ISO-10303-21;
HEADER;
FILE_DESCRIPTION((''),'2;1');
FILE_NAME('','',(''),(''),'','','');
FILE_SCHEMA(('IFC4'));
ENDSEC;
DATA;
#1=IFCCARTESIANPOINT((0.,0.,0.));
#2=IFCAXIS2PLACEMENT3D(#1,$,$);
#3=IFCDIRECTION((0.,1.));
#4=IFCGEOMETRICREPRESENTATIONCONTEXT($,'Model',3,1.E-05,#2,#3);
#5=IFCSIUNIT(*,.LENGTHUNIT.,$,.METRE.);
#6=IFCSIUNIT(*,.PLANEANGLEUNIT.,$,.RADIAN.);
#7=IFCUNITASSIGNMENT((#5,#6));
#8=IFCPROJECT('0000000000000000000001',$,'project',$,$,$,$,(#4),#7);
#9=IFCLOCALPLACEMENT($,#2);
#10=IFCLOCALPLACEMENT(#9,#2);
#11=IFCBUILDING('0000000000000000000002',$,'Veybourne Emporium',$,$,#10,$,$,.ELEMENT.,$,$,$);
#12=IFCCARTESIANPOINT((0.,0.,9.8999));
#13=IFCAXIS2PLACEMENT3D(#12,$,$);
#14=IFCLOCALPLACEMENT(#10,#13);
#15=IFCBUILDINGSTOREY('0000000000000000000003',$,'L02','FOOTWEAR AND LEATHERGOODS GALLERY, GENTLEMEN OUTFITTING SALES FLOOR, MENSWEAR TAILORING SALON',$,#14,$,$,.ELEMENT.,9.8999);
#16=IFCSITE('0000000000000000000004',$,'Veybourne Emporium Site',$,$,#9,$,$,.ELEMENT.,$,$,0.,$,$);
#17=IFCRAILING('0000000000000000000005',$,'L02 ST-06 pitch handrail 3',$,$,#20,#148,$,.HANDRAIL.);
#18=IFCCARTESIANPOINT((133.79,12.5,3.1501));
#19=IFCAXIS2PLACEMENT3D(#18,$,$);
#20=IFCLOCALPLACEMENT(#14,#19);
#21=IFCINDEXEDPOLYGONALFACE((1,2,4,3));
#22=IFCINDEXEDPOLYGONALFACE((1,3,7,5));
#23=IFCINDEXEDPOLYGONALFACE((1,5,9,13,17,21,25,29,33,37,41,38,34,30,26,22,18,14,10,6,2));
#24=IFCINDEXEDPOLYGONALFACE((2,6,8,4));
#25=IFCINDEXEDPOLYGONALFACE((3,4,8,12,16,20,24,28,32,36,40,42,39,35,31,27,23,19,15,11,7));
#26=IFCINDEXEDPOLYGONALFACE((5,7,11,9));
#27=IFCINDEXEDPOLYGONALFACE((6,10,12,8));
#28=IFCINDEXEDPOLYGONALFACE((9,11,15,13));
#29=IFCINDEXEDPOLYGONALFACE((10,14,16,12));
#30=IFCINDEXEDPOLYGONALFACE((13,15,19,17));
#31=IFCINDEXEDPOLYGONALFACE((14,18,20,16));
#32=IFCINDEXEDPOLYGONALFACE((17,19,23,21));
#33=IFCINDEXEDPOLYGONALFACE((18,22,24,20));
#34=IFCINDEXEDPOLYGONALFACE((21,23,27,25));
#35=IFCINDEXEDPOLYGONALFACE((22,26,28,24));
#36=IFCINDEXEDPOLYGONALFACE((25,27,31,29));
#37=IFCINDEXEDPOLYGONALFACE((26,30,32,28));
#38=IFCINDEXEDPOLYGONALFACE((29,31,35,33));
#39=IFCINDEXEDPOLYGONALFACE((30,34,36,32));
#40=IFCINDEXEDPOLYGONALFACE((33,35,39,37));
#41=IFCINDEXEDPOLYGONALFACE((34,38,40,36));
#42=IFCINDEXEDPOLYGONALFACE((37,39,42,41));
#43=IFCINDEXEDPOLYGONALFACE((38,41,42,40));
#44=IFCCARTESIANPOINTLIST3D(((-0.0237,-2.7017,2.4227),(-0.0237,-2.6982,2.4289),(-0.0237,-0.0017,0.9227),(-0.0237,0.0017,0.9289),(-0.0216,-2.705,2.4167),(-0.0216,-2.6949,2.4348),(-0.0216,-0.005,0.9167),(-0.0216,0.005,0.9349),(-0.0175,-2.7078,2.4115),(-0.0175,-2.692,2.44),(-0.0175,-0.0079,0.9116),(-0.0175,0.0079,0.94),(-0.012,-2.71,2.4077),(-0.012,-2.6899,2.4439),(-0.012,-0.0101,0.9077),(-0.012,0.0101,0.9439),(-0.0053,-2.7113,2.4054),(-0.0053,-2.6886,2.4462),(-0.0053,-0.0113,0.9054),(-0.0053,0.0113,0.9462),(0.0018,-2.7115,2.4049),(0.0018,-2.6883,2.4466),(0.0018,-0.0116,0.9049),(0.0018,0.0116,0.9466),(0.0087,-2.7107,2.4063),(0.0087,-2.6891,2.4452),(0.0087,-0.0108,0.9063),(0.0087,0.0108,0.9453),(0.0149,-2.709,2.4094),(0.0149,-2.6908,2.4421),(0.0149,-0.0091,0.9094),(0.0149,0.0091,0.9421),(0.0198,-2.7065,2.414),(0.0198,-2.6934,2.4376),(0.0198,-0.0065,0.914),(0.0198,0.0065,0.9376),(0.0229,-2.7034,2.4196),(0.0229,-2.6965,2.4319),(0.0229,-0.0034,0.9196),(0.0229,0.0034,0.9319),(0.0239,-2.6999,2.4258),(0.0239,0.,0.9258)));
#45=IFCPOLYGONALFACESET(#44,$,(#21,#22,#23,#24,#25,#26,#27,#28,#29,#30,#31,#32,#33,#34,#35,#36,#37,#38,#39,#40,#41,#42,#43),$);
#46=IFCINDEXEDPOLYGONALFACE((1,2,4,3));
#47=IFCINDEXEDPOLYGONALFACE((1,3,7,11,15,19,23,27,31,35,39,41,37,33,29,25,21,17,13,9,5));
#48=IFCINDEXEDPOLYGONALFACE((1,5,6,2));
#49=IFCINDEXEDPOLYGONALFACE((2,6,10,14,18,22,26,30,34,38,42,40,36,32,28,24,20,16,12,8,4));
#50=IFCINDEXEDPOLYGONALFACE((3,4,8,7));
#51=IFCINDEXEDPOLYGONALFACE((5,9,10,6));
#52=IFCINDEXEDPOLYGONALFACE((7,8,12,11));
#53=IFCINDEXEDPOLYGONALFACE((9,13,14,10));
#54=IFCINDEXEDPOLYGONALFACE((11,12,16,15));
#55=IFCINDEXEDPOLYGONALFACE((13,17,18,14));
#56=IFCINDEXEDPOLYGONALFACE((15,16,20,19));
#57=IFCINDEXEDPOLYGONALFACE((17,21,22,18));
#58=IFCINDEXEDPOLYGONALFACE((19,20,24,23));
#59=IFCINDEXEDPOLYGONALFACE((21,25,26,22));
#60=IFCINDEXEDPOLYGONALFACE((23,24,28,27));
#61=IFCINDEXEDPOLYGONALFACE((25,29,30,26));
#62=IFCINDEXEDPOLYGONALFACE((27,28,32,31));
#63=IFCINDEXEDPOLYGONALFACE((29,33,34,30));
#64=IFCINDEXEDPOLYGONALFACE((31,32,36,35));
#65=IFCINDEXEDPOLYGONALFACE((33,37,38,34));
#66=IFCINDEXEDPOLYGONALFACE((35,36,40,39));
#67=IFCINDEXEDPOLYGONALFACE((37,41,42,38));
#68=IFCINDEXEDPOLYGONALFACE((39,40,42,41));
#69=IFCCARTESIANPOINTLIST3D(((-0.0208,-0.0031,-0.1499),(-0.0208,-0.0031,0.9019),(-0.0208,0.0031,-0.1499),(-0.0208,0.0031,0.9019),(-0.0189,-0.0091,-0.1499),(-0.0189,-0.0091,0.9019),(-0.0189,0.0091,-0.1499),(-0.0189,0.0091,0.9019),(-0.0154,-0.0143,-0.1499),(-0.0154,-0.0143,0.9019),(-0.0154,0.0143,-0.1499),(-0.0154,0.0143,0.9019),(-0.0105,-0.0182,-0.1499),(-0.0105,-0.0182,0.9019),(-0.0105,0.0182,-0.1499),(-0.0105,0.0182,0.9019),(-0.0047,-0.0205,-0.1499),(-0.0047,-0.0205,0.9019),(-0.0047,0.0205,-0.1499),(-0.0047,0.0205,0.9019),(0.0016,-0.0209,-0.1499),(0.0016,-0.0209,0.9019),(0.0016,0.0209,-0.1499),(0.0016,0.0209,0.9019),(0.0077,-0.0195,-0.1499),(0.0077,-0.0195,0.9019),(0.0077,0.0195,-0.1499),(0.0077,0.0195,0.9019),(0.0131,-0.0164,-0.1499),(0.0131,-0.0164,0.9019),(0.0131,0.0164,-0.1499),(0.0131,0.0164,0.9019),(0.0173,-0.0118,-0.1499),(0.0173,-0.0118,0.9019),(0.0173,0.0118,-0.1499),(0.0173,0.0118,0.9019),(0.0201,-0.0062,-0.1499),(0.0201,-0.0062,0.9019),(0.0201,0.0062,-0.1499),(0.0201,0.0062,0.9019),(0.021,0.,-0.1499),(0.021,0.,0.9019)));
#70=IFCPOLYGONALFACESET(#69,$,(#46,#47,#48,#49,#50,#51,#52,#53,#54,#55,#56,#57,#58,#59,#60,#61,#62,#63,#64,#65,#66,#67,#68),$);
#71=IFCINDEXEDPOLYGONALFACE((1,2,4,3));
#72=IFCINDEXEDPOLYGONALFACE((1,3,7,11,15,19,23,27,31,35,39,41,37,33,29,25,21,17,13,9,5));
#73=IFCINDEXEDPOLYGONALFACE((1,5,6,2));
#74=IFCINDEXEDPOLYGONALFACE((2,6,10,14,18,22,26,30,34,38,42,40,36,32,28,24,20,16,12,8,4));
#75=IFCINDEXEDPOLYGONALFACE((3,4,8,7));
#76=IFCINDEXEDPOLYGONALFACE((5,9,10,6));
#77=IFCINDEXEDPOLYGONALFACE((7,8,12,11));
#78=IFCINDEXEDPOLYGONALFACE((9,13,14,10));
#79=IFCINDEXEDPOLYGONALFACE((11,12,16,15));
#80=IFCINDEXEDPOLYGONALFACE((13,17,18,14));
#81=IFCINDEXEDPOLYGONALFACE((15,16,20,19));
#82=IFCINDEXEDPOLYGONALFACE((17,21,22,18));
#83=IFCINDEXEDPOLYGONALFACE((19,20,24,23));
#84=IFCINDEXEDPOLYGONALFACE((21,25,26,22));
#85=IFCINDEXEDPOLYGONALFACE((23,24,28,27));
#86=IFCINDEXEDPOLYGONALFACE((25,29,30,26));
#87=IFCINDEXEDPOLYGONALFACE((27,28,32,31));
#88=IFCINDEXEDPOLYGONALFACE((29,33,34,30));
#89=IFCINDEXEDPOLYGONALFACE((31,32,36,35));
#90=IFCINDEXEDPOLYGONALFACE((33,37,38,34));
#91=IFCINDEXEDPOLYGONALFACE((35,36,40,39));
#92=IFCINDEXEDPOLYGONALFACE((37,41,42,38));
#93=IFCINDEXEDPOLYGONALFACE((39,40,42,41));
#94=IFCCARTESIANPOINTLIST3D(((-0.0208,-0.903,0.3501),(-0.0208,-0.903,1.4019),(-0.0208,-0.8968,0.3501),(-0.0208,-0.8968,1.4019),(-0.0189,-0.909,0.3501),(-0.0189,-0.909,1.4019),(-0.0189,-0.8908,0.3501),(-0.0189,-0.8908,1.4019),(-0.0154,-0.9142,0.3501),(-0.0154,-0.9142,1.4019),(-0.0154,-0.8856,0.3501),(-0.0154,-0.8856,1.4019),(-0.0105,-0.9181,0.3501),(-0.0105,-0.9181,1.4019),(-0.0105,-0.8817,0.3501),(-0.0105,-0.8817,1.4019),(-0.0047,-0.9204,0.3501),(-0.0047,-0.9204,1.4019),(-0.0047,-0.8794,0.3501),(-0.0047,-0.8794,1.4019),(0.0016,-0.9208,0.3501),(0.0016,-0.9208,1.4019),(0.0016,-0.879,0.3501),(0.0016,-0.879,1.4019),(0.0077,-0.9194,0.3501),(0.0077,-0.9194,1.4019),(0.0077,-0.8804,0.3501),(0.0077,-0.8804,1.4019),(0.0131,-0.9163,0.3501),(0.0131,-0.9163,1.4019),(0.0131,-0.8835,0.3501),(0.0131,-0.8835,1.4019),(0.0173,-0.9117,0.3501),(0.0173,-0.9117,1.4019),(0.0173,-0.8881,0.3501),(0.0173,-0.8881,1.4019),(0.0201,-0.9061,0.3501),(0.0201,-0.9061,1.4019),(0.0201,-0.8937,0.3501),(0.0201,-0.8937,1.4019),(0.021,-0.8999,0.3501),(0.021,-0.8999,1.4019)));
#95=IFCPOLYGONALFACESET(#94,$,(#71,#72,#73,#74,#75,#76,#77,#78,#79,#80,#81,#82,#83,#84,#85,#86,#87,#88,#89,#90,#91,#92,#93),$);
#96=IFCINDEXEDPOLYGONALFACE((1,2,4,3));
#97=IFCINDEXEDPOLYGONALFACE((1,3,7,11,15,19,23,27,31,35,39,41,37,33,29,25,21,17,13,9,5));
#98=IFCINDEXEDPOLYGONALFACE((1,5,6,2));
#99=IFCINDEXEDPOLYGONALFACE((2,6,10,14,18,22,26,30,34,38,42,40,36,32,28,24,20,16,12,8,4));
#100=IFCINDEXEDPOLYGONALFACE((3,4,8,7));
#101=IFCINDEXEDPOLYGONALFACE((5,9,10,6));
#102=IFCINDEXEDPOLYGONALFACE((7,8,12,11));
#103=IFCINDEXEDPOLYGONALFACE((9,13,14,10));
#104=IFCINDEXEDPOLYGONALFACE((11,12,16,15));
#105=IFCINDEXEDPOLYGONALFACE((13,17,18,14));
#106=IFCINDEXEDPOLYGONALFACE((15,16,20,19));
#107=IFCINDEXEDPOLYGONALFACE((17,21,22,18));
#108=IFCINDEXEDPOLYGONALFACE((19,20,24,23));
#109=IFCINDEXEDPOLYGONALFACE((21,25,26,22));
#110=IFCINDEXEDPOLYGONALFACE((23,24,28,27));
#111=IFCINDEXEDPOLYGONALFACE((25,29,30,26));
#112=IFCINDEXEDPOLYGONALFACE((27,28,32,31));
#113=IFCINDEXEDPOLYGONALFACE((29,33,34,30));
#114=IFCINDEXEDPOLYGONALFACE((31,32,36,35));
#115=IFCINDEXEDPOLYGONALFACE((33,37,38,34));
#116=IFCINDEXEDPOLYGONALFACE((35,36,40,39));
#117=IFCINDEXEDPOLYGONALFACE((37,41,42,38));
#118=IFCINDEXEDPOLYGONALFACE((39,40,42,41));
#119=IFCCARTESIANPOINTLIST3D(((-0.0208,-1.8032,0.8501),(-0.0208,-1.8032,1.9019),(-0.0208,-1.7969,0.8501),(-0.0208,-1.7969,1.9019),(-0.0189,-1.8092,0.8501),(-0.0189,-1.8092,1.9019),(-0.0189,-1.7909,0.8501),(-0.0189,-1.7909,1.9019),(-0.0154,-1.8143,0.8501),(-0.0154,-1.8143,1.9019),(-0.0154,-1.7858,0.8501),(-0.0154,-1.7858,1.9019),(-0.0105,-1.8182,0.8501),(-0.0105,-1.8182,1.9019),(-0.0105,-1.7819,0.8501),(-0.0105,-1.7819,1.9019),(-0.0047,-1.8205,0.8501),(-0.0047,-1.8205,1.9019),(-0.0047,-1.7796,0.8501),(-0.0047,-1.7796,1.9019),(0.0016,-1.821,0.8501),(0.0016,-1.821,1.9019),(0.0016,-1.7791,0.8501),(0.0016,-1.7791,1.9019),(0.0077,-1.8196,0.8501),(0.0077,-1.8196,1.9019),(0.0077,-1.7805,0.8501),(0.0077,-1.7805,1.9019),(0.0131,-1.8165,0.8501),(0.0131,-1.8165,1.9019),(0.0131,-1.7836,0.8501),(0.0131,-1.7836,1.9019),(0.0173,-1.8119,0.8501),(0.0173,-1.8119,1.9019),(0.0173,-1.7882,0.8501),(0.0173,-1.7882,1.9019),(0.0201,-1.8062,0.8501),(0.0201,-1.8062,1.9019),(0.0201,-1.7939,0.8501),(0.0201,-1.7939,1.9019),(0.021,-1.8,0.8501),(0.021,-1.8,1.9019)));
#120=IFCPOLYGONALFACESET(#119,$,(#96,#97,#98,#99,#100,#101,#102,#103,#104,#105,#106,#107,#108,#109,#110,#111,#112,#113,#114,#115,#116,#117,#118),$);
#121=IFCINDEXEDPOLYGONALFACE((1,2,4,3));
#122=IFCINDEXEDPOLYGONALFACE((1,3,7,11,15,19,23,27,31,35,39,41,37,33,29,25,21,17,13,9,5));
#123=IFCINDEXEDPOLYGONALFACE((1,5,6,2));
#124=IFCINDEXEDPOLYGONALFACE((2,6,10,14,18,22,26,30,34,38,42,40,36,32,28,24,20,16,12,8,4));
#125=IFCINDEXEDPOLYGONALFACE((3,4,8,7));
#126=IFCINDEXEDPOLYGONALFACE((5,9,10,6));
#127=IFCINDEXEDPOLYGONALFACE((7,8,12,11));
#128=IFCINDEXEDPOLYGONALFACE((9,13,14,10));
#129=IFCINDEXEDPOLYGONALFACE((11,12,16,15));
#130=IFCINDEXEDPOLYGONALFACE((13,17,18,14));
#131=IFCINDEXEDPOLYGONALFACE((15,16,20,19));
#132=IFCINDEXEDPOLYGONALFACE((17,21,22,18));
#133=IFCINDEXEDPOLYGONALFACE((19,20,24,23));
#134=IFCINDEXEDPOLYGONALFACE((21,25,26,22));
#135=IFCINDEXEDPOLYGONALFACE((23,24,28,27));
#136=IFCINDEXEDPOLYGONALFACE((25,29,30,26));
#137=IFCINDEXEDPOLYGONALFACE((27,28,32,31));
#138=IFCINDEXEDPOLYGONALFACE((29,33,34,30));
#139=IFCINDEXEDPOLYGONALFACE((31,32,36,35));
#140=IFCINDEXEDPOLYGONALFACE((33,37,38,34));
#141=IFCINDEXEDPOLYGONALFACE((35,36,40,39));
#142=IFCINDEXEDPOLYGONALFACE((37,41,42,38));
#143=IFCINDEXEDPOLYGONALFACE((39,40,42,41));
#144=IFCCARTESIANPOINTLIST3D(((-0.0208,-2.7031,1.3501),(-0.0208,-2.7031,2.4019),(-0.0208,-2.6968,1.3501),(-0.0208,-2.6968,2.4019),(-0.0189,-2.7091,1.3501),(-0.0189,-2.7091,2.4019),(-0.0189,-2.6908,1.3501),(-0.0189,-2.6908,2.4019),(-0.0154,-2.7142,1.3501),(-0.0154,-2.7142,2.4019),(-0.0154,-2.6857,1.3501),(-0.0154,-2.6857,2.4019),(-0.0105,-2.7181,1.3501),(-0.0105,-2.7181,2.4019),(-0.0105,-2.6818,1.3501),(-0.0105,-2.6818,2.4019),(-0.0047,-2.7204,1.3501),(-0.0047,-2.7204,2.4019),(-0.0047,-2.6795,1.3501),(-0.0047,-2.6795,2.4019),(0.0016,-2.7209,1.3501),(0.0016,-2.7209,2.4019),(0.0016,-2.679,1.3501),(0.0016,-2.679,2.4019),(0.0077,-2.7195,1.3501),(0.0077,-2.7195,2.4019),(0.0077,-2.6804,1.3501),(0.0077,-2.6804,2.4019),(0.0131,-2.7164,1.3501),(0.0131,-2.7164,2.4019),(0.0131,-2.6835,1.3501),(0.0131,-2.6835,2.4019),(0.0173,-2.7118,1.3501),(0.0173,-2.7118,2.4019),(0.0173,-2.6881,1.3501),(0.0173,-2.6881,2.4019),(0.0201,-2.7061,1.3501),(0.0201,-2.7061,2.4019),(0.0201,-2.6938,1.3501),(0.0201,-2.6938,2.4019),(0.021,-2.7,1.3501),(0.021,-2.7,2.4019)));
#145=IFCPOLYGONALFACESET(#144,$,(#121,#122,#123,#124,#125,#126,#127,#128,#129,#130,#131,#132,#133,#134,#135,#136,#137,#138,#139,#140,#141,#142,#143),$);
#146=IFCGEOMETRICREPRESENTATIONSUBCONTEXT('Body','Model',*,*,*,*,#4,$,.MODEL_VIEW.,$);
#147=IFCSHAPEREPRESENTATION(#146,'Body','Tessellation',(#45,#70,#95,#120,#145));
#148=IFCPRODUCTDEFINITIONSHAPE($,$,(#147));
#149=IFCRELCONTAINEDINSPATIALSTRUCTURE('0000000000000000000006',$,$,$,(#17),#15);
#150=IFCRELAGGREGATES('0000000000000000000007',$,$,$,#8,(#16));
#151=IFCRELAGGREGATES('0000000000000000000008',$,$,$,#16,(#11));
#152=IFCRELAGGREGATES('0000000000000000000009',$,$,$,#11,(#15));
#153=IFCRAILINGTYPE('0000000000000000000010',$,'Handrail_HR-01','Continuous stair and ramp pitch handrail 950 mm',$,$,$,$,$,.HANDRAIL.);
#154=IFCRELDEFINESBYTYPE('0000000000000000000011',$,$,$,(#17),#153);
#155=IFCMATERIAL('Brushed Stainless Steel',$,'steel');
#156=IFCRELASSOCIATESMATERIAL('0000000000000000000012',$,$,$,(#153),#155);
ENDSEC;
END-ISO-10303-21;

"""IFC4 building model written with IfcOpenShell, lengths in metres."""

from ifc_helpers import new_model, si_unit, direction, frame, origin, origin_2d, place, context, subcontext, project, spatial, circle, extrude, material, type_object, element, save


model = new_model("IFC4")

# Units and contexts
model_context = context("Model", 3, precision=1e-05, world=origin(), true_north=direction((0.0, 1.0)))
body_context = subcontext(model_context, "Body", "Model", "MODEL_VIEW")
ifc_project = project(units=[si_unit("LENGTHUNIT", "METRE"), si_unit("PLANEANGLEUNIT", "RADIAN")], contexts=[model_context])

# Site, building, storey
site_placement = place(None, origin())
site = spatial("IfcSite", under=ifc_project, at=site_placement, Name="Veybourne Emporium Site", CompositionType="ELEMENT", RefElevation=0.0)
building_placement = place(site_placement, origin())
building = spatial("IfcBuilding", under=site, at=building_placement, Name="Veybourne Emporium", CompositionType="ELEMENT")
storey_placement = place(building_placement, frame((0.0, 0.0, 9.8999)))
storey = spatial("IfcBuildingStorey", under=building, at=storey_placement, Name="L02", Description="FOOTWEAR AND LEATHERGOODS GALLERY, GENTLEMEN OUTFITTING SALES FLOOR, MENSWEAR TAILORING SALON", CompositionType="ELEMENT", Elevation=9.8999)

# Railing
ifc_material_1 = material(Name="Brushed Stainless Steel", Category="steel")
railing_type_1 = type_object("IfcRailingType", Name="Handrail_HR-01", Description="Continuous stair and ramp pitch handrail 950 mm", PredefinedType="HANDRAIL", material=ifc_material_1)
railing_1_placement = place(storey_placement, frame((133.79, 12.5, 3.1501)))
element("IfcRailing", 1, at=railing_1_placement, inside=storey, type_object=railing_type_1, Name="L02 ST-06 pitch handrail 3", PredefinedType="HANDRAIL", context=body_context, shape_type="SweptSolid", body=[
    extrude(circle(Radius=0.0239, at=origin_2d()), frame((0.0, 0.0, 0.9258), z_axis=(0.0, -0.874154, 0.48565), x_axis=(1.0, 0.0, 0.0)), (0.0, 0.0, 1.0), 3.0886),
    extrude(circle(Radius=0.021, at=origin_2d()), frame((0.0, 0.0, -0.1499)), (0.0, 0.0, 1.0), 1.0518),
    extrude(circle(Radius=0.021, at=origin_2d()), frame((0.0, -0.8999, 0.3501)), (0.0, 0.0, 1.0), 1.0518),
    extrude(circle(Radius=0.021, at=origin_2d()), frame((0.0, -1.8, 0.8501)), (0.0, 0.0, 1.0), 1.0518),
    extrude(circle(Radius=0.021, at=origin_2d()), frame((0.0, -2.7, 1.3501)), (0.0, 0.0, 1.0), 1.0518),
])

save(model, "model.ifc")
